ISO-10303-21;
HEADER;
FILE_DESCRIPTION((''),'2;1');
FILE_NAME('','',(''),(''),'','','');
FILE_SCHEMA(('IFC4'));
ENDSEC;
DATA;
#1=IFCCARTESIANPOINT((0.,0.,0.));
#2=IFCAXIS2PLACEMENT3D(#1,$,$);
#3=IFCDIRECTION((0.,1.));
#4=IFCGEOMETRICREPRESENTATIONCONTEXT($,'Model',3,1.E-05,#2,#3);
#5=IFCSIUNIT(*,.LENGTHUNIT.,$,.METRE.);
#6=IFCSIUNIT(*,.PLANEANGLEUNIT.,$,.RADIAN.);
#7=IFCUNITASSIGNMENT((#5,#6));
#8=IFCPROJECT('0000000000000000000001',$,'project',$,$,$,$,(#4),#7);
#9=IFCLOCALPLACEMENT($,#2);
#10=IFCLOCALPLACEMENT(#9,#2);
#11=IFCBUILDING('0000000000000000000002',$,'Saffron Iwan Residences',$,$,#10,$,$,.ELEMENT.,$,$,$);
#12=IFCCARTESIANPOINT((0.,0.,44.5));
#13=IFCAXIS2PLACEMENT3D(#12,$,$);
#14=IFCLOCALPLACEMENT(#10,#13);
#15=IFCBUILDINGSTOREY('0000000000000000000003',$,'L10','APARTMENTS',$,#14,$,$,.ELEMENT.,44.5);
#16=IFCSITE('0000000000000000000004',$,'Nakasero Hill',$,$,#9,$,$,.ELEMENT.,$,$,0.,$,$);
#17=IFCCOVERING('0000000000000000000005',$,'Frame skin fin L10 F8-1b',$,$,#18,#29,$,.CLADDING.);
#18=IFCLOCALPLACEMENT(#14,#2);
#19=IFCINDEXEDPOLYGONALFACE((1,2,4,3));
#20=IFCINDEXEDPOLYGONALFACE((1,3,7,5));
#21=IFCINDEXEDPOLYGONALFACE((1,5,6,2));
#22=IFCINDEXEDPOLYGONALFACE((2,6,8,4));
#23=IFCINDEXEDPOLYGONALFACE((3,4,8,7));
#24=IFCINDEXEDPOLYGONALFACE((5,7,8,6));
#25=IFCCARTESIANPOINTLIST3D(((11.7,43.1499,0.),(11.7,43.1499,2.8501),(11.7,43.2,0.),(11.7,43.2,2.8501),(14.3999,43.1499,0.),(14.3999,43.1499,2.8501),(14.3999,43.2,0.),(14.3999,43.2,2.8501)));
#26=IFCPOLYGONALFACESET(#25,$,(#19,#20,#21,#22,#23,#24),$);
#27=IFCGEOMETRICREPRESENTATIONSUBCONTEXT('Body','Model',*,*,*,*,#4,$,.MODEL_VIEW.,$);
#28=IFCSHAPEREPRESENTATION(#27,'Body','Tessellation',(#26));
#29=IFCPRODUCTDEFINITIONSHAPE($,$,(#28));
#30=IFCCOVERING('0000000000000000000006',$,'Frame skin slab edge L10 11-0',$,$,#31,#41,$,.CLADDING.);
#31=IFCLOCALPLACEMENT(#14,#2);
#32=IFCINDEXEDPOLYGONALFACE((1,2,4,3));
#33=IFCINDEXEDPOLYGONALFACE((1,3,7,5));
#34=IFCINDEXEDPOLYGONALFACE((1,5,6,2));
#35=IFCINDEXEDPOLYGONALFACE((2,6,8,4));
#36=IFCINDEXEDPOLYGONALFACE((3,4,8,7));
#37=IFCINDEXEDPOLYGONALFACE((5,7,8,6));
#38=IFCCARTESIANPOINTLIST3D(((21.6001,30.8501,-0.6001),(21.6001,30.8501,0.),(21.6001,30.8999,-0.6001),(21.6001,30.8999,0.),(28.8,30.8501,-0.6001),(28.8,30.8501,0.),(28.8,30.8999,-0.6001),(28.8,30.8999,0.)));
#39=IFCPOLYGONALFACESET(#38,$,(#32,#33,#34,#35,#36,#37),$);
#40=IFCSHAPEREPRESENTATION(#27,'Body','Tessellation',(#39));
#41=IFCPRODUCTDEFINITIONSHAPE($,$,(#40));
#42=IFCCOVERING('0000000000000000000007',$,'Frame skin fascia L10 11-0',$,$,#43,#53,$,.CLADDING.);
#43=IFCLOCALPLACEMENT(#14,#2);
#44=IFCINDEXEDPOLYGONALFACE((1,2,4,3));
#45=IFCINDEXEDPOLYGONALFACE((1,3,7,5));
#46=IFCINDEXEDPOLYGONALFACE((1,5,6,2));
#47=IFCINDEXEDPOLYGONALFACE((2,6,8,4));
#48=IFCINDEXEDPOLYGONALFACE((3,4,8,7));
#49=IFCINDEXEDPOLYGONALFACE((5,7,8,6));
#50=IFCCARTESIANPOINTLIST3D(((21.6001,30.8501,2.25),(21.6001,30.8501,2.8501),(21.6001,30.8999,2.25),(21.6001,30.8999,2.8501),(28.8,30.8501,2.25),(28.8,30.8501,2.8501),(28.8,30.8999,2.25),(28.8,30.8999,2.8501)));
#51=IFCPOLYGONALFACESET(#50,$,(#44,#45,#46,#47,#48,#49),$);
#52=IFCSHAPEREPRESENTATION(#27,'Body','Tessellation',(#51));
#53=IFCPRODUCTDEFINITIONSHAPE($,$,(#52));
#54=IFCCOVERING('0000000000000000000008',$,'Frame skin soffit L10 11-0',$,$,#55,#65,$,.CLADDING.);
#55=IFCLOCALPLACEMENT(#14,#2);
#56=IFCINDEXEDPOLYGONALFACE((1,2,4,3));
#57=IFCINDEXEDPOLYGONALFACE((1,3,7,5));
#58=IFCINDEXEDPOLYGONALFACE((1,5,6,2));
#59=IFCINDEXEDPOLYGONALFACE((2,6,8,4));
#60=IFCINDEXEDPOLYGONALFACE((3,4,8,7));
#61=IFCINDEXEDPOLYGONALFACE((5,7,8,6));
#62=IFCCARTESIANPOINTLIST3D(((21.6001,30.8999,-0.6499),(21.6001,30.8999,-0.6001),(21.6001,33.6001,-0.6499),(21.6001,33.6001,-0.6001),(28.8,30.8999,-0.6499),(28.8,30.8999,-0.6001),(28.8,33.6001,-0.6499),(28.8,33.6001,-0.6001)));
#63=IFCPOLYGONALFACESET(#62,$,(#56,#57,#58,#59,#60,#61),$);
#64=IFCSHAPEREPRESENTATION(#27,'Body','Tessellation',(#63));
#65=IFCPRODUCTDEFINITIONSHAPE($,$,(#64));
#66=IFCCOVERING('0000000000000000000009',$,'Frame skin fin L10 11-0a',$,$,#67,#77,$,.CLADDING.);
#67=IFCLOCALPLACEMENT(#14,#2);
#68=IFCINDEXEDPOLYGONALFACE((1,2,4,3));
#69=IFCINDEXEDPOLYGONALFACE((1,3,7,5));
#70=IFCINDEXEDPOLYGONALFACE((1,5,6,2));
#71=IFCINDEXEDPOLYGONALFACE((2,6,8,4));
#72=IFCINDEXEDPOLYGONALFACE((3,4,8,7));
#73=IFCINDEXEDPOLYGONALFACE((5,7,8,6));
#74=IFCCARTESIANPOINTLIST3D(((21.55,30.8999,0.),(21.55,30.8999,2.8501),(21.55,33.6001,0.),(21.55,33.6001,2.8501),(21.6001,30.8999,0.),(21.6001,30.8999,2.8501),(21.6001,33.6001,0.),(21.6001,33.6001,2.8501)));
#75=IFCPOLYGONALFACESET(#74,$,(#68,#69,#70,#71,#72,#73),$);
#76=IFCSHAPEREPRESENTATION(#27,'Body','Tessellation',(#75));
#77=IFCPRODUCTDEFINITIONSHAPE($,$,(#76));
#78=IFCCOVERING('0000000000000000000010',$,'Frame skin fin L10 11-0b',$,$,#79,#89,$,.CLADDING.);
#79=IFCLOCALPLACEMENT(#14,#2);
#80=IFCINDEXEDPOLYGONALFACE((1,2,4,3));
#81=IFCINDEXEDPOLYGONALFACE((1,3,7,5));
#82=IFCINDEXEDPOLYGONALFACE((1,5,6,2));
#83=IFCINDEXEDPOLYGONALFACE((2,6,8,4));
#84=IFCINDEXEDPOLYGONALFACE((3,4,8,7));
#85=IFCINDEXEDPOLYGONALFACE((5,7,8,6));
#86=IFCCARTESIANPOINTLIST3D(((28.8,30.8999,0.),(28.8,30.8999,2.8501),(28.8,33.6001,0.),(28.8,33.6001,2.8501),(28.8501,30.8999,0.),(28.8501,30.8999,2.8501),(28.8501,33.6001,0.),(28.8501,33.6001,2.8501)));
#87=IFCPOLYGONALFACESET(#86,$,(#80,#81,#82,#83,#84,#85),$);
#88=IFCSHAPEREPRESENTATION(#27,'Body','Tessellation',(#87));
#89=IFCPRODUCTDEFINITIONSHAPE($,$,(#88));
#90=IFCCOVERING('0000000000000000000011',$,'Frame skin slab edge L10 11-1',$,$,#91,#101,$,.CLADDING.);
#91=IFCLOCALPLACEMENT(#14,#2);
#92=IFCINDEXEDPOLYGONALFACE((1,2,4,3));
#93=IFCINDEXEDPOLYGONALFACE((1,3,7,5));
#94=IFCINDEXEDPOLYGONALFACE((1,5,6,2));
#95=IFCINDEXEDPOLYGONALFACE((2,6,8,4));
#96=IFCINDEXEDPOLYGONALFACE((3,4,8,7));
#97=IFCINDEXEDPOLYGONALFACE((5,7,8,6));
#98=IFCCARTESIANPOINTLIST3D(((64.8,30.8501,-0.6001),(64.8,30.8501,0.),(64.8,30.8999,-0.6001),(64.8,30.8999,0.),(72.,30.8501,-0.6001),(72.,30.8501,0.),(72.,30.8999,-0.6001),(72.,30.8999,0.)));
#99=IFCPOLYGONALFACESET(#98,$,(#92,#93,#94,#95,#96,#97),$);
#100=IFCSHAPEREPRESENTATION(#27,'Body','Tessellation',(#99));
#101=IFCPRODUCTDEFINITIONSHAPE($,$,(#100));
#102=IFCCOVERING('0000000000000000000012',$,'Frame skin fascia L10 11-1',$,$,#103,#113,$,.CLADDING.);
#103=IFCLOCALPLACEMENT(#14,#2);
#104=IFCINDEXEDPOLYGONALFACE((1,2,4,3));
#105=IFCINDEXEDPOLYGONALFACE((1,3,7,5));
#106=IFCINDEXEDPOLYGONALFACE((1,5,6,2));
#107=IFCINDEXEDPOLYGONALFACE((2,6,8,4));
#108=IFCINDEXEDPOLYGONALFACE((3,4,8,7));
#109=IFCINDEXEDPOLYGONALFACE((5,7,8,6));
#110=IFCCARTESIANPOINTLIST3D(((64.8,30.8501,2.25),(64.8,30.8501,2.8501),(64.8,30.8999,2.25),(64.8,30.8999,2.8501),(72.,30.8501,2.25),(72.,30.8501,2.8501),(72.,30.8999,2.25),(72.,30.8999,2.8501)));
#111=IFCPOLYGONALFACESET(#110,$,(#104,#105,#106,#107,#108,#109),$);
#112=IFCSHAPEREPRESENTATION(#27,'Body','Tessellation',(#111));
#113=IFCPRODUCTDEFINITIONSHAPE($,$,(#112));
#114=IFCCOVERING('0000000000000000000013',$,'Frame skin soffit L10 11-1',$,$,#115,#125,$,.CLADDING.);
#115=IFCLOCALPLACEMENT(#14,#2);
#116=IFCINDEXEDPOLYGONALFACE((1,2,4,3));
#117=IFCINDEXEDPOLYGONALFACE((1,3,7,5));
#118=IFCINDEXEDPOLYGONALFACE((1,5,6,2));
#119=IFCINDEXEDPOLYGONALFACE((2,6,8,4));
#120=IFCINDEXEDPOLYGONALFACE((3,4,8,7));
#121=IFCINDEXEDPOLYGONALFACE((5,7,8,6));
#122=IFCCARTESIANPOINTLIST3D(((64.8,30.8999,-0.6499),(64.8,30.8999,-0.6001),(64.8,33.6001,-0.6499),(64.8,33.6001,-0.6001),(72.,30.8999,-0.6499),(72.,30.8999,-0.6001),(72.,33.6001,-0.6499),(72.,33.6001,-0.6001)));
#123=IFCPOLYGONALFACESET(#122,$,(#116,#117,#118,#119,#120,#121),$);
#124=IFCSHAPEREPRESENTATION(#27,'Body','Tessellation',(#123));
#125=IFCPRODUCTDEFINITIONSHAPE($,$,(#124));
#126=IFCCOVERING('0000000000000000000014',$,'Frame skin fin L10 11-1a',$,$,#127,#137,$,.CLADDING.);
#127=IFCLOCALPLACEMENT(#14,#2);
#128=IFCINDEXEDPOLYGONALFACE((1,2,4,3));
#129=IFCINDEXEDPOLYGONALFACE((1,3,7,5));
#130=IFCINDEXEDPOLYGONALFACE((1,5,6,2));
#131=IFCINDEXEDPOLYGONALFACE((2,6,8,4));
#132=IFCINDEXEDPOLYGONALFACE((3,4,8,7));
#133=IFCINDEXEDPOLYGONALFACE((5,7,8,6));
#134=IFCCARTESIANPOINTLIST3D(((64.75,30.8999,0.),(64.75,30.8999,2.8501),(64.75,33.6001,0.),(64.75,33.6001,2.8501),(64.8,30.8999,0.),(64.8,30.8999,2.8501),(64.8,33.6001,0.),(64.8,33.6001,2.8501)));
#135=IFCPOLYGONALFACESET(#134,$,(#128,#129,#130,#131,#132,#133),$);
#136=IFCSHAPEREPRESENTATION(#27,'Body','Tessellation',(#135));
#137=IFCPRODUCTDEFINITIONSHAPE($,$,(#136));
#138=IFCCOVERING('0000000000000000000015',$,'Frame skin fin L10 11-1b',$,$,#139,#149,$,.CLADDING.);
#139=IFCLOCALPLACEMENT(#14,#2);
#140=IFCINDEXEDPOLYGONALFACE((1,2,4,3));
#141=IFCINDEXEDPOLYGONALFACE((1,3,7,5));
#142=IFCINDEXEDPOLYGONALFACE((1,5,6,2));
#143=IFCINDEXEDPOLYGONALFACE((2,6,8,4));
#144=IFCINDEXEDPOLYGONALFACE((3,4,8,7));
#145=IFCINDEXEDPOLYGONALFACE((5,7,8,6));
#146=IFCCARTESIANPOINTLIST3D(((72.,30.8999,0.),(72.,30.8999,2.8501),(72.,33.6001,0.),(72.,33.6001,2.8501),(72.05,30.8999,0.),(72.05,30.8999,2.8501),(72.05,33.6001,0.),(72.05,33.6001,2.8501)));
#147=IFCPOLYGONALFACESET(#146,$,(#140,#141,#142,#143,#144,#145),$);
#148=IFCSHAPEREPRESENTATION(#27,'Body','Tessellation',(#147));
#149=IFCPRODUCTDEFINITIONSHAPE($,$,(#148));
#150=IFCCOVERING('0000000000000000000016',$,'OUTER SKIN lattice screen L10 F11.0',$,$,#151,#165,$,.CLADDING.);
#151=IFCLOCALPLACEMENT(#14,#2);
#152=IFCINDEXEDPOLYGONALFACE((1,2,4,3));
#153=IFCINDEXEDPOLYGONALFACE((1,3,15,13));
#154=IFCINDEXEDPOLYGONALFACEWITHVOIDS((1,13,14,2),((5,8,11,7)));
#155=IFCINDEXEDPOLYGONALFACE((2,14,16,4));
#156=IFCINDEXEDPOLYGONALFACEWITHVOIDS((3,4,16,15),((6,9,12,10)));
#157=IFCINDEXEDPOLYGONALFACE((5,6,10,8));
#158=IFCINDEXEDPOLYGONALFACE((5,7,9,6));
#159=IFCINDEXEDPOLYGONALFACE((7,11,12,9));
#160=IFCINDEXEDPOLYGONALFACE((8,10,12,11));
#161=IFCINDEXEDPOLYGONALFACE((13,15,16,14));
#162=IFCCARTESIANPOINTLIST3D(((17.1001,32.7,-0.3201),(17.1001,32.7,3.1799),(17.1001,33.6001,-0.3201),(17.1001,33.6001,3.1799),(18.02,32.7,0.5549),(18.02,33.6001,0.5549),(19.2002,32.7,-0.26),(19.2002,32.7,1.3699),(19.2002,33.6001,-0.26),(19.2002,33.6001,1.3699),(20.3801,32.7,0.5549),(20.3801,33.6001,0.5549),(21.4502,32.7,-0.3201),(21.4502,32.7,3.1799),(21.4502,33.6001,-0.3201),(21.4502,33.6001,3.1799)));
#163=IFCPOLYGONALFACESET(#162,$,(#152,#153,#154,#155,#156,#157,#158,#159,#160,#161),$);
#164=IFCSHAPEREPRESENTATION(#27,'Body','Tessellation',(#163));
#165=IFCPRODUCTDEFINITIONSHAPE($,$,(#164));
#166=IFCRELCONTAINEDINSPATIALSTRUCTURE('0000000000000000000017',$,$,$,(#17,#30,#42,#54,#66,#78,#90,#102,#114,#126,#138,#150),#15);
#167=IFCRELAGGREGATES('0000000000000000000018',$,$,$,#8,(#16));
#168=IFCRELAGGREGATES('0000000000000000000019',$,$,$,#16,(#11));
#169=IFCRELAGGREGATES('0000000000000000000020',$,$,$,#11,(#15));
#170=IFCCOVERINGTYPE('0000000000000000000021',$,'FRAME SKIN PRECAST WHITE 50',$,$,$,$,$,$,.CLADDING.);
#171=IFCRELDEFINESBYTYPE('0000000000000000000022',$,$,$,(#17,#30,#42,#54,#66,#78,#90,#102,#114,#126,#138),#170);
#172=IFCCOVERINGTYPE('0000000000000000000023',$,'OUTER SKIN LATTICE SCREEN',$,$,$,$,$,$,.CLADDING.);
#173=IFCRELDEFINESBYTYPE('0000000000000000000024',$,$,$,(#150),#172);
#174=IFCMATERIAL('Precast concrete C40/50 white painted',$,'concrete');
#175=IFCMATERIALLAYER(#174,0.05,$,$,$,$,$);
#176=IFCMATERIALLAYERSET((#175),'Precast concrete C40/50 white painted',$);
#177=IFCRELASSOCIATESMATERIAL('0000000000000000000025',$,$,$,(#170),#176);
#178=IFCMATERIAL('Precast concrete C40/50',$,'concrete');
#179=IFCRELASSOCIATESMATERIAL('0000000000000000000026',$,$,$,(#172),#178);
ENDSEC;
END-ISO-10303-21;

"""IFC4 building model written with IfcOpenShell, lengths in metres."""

from ifc_helpers import new_model, si_unit, direction, frame, origin, place, context, subcontext, project, spatial, polyline, outline, extrude, material, layer, layer_set, type_object, element, save


model = new_model("IFC4")

# Units and contexts
model_context = context("Model", 3, precision=1e-05, world=origin(), true_north=direction((0.0, 1.0)))
body_context = subcontext(model_context, "Body", "Model", "MODEL_VIEW")
ifc_project = project(units=[si_unit("LENGTHUNIT", "METRE"), si_unit("PLANEANGLEUNIT", "RADIAN")], contexts=[model_context])

# Site, building, storey
site_placement = place(None, origin())
site = spatial("IfcSite", under=ifc_project, at=site_placement, Name="Nakasero Hill", CompositionType="ELEMENT", RefElevation=0.0)
building_placement = place(site_placement, origin())
building = spatial("IfcBuilding", under=site, at=building_placement, Name="Saffron Iwan Residences", CompositionType="ELEMENT")
storey_placement = place(building_placement, frame((0.0, 0.0, 44.5)))
storey = spatial("IfcBuildingStorey", under=building, at=storey_placement, Name="L10", Description="APARTMENTS", CompositionType="ELEMENT", Elevation=44.5)

# Coverings
ifc_material_1 = material(Name="Precast concrete C40/50 white painted", Category="concrete")
ifc_layer_1 = layer(ifc_material_1, 0.05)
ifc_layer_set_1 = layer_set([ifc_layer_1], Name="Precast concrete C40/50 white painted")
covering_type_1 = type_object("IfcCoveringType", Name="FRAME SKIN PRECAST WHITE 50", PredefinedType="CLADDING", material=ifc_layer_set_1)
covering_1_placement = place(storey_placement, origin())
element("IfcCovering", 1, at=covering_1_placement, inside=storey, type_object=covering_type_1, Name="Frame skin fin L10 F8-1b", PredefinedType="CLADDING", context=body_context, shape_type="SweptSolid", body=[
    extrude(outline(polyline([(11.7, 43.2), (11.7, 43.1499), (14.3999, 43.1499), (14.3999, 43.2), (11.7, 43.2)])), origin(), (0.0, 0.0, 1.0), 2.8501),
])
for number, where, name in (
    (2, (0.0, 0.0, -0.6001), "Frame skin slab edge L10 11-0"),
    (3, (0.0, 0.0, 2.25), "Frame skin fascia L10 11-0"),
):
    element("IfcCovering", number, at=place(storey_placement, frame(where)), inside=storey, type_object=covering_type_1, Name=name, PredefinedType="CLADDING", context=body_context, shape_type="SweptSolid", body=[
        extrude(outline(polyline([(21.6001, 30.8501), (28.8, 30.8501), (28.8, 30.8999), (21.6001, 30.8999), (21.6001, 30.8501)])), origin(), (0.0, 0.0, 1.0), 0.6001),
    ])
covering_2_placement = place(storey_placement, frame((0.0, 0.0, -0.6499)))
element("IfcCovering", 4, at=covering_2_placement, inside=storey, type_object=covering_type_1, Name="Frame skin soffit L10 11-0", PredefinedType="CLADDING", context=body_context, shape_type="SweptSolid", body=[
    extrude(outline(polyline([(21.6001, 30.8999), (28.8, 30.8999), (28.8, 33.6001), (21.6001, 33.6001), (21.6001, 30.8999)])), origin(), (0.0, 0.0, 1.0), 0.0498),
])
covering_3_placement = place(storey_placement, origin())
element("IfcCovering", 5, at=covering_3_placement, inside=storey, type_object=covering_type_1, Name="Frame skin fin L10 11-0a", PredefinedType="CLADDING", context=body_context, shape_type="SweptSolid", body=[
    extrude(outline(polyline([(21.55, 30.8999), (21.6001, 30.8999), (21.6001, 33.6001), (21.55, 33.6001), (21.55, 30.8999)])), origin(), (0.0, 0.0, 1.0), 2.8501),
])
covering_4_placement = place(storey_placement, origin())
element("IfcCovering", 6, at=covering_4_placement, inside=storey, type_object=covering_type_1, Name="Frame skin fin L10 11-0b", PredefinedType="CLADDING", context=body_context, shape_type="SweptSolid", body=[
    extrude(outline(polyline([(28.8, 30.8999), (28.8501, 30.8999), (28.8501, 33.6001), (28.8, 33.6001), (28.8, 30.8999)])), origin(), (0.0, 0.0, 1.0), 2.8501),
])
for number, where, name in (
    (7, (0.0, 0.0, -0.6001), "Frame skin slab edge L10 11-1"),
    (8, (0.0, 0.0, 2.25), "Frame skin fascia L10 11-1"),
):
    element("IfcCovering", number, at=place(storey_placement, frame(where)), inside=storey, type_object=covering_type_1, Name=name, PredefinedType="CLADDING", context=body_context, shape_type="SweptSolid", body=[
        extrude(outline(polyline([(64.8, 30.8501), (72.0, 30.8501), (72.0, 30.8999), (64.8, 30.8999), (64.8, 30.8501)])), origin(), (0.0, 0.0, 1.0), 0.6001),
    ])
covering_5_placement = place(storey_placement, frame((0.0, 0.0, -0.6499)))
element("IfcCovering", 9, at=covering_5_placement, inside=storey, type_object=covering_type_1, Name="Frame skin soffit L10 11-1", PredefinedType="CLADDING", context=body_context, shape_type="SweptSolid", body=[
    extrude(outline(polyline([(64.8, 30.8999), (72.0, 30.8999), (72.0, 33.6001), (64.8, 33.6001), (64.8, 30.8999)])), origin(), (0.0, 0.0, 1.0), 0.0498),
])
covering_6_placement = place(storey_placement, origin())
element("IfcCovering", 10, at=covering_6_placement, inside=storey, type_object=covering_type_1, Name="Frame skin fin L10 11-1a", PredefinedType="CLADDING", context=body_context, shape_type="SweptSolid", body=[
    extrude(outline(polyline([(64.75, 30.8999), (64.8, 30.8999), (64.8, 33.6001), (64.75, 33.6001), (64.75, 30.8999)])), origin(), (0.0, 0.0, 1.0), 2.8501),
])
covering_7_placement = place(storey_placement, origin())
element("IfcCovering", 11, at=covering_7_placement, inside=storey, type_object=covering_type_1, Name="Frame skin fin L10 11-1b", PredefinedType="CLADDING", context=body_context, shape_type="SweptSolid", body=[
    extrude(outline(polyline([(72.0, 30.8999), (72.05, 30.8999), (72.05, 33.6001), (72.0, 33.6001), (72.0, 30.8999)])), origin(), (0.0, 0.0, 1.0), 2.8501),
])
ifc_material_2 = material(Name="Precast concrete C40/50", Category="concrete")
covering_type_2 = type_object("IfcCoveringType", Name="OUTER SKIN LATTICE SCREEN", PredefinedType="CLADDING", material=ifc_material_2)
covering_8_placement = place(storey_placement, frame((17.1001, 33.6001, -0.3201), z_axis=(0.0, -1.0, 0.0), x_axis=(1.0, 0.0, 0.0)))
element("IfcCovering", 12, at=covering_8_placement, inside=storey, type_object=covering_type_2, Name="OUTER SKIN lattice screen L10 F11.0", PredefinedType="CLADDING", context=body_context, shape_type="SweptSolid", body=[
    extrude(outline(polyline([(0.0, 0.0), (4.3501, 0.0), (4.3501, 3.5), (0.0, 3.5), (0.0, 0.0)]), holes=[polyline([(0.9199, 0.875), (2.1001, 0.0601), (3.28, 0.875), (2.1001, 1.6899), (0.9199, 0.875)])]), origin(), (0.0, 0.0, 1.0), 0.9001),
])

save(model, "model.ifc")
